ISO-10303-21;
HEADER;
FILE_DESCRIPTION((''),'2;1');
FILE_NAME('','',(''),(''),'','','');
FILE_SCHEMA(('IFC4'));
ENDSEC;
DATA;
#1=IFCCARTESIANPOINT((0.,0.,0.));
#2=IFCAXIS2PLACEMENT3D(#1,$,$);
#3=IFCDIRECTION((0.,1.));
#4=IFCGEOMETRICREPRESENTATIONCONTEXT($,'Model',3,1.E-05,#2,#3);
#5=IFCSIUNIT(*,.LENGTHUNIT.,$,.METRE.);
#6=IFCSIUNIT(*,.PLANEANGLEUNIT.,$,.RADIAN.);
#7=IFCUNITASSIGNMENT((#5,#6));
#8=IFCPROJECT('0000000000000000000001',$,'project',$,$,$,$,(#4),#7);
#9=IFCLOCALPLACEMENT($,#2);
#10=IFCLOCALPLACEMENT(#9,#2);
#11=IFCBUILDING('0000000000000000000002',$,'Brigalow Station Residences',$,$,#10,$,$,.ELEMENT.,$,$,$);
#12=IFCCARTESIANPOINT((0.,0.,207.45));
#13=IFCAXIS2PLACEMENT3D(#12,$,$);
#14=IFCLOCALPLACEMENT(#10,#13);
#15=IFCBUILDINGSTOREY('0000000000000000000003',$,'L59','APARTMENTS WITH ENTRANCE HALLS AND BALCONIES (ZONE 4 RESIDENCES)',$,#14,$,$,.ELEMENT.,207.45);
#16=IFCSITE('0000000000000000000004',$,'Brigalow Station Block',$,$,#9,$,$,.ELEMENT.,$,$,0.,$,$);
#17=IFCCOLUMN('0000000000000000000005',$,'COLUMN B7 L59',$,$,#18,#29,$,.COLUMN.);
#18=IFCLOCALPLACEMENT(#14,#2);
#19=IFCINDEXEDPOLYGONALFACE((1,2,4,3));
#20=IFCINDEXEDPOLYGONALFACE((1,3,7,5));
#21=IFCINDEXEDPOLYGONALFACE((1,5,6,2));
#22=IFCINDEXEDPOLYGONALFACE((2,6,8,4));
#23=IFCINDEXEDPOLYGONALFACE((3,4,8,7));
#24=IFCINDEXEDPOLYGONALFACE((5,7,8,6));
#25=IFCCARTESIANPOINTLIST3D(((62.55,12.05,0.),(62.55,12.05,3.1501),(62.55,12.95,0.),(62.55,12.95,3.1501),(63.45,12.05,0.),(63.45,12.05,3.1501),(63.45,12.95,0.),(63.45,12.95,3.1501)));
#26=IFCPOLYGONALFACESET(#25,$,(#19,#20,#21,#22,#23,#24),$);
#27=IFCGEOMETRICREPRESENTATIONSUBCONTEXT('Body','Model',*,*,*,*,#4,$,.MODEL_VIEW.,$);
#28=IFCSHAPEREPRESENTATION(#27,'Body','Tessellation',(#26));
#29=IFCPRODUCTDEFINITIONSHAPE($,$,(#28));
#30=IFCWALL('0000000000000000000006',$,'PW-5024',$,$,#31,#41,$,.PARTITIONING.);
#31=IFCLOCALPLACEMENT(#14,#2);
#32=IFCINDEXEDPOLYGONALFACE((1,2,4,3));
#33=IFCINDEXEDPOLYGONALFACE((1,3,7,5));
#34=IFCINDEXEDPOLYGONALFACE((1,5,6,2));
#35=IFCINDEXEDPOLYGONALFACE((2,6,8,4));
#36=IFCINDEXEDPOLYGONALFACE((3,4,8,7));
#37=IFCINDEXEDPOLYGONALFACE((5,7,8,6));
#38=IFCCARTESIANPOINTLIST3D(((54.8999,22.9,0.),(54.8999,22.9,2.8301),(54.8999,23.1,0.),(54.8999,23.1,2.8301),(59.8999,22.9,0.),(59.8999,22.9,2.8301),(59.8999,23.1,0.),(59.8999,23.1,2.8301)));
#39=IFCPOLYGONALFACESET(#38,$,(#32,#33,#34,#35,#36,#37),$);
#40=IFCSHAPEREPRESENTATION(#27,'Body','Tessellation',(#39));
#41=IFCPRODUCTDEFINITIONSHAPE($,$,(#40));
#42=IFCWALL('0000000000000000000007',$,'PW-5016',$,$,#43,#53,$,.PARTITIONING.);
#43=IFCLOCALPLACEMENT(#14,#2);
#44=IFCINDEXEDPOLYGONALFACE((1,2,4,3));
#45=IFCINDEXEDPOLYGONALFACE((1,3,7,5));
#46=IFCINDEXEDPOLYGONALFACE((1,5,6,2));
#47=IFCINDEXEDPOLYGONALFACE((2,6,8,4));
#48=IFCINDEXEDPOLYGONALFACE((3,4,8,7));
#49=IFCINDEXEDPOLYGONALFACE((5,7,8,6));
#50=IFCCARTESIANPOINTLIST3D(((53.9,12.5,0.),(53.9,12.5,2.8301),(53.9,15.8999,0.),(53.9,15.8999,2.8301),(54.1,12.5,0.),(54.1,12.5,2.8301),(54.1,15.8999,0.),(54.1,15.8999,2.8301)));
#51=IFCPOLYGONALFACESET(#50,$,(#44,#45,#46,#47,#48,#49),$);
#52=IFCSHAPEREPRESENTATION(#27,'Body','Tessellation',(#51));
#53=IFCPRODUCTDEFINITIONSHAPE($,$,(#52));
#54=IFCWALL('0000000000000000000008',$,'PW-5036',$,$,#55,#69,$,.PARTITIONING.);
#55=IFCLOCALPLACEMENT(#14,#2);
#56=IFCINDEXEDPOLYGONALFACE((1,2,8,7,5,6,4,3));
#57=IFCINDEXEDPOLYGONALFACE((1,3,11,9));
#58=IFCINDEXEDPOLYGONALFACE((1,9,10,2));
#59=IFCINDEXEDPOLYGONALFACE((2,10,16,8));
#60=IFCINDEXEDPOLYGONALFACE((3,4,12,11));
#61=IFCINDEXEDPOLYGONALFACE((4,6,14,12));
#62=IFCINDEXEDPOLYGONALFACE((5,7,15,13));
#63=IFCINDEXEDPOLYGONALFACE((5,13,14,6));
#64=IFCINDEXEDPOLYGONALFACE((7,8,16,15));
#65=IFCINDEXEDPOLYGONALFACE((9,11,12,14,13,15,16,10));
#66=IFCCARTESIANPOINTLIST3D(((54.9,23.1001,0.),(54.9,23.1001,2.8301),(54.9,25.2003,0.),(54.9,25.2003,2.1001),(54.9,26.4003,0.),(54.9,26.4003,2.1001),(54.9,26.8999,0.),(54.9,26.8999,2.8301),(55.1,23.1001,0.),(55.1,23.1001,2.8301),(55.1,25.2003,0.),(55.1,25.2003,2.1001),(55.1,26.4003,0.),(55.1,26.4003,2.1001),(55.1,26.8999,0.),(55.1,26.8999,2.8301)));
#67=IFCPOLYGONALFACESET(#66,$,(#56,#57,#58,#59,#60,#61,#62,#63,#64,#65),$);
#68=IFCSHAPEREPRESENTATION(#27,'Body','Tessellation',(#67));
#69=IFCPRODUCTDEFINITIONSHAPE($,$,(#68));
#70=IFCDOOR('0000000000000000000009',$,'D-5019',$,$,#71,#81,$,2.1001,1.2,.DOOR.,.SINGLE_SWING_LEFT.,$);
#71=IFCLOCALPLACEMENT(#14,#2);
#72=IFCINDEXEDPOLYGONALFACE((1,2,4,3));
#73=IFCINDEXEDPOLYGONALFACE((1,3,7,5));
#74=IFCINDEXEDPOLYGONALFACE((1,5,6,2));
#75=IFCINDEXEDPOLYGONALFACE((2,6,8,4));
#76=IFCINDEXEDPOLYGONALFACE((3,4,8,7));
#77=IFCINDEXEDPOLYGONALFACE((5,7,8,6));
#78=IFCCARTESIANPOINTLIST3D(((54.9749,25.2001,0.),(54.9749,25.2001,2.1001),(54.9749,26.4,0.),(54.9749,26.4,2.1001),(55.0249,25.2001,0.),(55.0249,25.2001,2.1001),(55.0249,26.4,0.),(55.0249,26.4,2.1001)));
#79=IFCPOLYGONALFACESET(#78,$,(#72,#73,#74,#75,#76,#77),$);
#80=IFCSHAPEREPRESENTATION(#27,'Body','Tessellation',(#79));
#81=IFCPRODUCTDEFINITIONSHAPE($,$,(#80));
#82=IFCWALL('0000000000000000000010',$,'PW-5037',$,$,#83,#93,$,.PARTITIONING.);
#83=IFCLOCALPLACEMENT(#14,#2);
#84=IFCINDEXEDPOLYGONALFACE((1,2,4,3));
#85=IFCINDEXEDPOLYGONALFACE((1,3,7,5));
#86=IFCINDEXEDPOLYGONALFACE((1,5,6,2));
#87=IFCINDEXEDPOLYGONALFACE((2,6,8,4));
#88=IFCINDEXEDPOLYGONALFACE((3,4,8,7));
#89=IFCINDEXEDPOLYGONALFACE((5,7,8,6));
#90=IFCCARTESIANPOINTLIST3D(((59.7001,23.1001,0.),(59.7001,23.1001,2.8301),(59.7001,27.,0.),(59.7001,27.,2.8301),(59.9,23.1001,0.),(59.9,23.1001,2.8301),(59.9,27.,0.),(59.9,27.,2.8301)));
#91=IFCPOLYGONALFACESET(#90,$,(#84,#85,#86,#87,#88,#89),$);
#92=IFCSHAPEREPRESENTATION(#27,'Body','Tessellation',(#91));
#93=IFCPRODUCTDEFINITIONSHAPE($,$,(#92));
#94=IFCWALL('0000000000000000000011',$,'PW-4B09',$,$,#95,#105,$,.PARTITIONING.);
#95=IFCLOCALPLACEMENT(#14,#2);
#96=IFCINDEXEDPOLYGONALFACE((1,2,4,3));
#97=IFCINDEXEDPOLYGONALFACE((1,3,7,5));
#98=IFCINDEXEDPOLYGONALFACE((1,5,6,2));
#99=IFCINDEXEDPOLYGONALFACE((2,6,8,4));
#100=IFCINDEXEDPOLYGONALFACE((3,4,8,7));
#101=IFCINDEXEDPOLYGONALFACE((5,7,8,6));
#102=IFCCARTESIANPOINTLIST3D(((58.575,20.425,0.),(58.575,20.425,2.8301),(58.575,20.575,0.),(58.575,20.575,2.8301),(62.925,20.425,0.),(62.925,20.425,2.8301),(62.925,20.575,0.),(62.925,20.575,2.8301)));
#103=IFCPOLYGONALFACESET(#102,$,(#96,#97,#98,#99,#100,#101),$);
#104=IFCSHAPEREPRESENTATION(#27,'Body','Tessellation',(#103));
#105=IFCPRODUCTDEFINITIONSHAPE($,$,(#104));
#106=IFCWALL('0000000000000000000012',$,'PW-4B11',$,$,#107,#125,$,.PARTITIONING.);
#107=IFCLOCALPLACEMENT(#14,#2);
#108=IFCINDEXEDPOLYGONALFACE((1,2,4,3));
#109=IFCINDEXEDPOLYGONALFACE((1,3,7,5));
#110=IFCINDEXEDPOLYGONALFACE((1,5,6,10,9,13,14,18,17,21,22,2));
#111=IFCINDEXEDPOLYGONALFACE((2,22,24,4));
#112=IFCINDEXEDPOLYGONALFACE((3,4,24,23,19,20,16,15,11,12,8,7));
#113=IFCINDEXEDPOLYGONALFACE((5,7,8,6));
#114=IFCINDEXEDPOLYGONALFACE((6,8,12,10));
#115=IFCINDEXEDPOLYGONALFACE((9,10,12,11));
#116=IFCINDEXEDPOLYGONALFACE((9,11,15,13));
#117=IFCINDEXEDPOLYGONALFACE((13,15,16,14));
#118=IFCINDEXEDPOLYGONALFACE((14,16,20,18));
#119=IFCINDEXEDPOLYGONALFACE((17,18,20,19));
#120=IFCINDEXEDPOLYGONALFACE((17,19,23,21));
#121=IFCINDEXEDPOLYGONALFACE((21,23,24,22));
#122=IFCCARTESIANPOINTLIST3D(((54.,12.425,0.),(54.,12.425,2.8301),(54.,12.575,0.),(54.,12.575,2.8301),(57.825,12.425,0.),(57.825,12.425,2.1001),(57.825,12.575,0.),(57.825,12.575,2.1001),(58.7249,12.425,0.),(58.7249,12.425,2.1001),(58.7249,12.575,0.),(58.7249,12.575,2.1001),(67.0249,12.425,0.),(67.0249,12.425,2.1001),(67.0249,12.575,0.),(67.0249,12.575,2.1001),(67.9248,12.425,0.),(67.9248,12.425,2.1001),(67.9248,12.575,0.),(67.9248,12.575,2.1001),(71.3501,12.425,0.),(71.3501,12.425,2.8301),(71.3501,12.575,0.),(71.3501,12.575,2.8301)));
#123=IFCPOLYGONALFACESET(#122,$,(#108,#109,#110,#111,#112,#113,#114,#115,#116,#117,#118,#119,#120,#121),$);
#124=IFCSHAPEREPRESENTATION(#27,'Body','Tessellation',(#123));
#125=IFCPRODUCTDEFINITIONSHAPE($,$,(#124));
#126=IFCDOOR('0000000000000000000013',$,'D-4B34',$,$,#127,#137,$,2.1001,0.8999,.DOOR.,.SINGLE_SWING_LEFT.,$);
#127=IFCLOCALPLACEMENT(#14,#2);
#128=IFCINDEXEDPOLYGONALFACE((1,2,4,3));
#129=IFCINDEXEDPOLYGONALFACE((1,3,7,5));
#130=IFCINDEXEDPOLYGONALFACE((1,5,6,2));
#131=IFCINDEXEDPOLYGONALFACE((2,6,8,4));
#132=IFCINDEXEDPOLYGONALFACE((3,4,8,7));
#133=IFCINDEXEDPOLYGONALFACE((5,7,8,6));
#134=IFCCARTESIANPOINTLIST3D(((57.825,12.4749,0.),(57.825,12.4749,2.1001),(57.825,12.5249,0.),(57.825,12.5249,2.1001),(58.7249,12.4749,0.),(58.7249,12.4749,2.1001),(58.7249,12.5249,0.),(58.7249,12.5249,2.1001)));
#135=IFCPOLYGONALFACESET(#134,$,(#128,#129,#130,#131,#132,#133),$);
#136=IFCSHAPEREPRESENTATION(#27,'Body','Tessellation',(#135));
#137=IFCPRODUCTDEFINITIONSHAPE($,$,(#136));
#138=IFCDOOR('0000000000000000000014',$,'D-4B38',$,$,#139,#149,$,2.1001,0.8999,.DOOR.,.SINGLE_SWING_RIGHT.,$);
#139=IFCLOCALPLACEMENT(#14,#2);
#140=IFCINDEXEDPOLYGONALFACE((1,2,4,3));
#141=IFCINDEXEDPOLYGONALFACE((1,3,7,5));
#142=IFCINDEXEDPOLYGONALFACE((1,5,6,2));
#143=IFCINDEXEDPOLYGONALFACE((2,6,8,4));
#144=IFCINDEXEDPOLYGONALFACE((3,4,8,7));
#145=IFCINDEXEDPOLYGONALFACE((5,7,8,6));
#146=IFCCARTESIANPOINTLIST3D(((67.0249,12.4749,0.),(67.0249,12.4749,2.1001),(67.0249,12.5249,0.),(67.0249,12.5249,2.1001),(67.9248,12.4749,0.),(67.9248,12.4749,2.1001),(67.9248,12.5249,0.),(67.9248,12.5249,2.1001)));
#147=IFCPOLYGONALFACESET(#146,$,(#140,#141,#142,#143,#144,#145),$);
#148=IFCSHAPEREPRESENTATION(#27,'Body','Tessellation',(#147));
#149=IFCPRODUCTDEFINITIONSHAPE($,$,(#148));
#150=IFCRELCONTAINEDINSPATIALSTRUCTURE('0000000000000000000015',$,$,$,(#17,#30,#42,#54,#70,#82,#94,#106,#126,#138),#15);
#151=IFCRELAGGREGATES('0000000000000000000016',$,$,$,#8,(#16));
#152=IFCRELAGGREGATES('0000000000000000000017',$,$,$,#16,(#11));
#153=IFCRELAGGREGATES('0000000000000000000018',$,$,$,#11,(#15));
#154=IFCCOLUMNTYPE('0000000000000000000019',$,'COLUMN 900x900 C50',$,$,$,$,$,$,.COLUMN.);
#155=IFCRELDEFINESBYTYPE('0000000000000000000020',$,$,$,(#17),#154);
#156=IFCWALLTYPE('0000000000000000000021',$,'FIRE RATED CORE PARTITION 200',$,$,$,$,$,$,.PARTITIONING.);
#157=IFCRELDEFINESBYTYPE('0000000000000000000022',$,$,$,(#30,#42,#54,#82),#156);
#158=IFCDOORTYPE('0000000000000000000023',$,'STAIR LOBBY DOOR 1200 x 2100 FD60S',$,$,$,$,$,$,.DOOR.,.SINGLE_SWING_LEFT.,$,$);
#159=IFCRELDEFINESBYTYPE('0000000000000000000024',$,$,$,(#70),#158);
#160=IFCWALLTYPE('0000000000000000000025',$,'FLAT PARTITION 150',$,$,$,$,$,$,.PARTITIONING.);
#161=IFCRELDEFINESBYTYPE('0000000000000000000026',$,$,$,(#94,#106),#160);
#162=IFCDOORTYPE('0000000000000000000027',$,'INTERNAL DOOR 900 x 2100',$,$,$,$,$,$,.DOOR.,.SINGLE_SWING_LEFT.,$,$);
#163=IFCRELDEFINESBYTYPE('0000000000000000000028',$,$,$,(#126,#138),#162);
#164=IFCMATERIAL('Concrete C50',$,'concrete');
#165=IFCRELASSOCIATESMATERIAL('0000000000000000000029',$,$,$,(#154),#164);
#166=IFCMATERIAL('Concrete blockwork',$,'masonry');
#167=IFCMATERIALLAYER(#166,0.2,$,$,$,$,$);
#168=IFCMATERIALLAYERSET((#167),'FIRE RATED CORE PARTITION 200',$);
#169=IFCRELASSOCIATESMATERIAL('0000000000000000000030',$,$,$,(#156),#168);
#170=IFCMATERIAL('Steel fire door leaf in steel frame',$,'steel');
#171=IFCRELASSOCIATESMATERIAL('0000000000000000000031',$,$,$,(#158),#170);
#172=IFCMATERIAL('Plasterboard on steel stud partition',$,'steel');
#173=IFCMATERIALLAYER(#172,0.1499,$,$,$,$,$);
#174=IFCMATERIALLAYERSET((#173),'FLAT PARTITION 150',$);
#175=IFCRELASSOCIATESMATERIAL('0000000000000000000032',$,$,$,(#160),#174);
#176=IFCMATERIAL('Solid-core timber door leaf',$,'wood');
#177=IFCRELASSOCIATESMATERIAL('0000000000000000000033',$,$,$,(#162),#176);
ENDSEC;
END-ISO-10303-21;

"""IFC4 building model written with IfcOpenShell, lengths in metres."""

from ifc_helpers import new_model, si_unit, direction, frame, frame_2d, origin, origin_2d, place, context, subcontext, project, spatial, rectangle, extrude, material, layer, layer_set, material_profile, profile_set, type_object, element, fill, save


model = new_model("IFC4")

# Units and contexts
model_context = context("Model", 3, precision=1e-05, world=origin(), true_north=direction((0.0, 1.0)))
body_context = subcontext(model_context, "Body", "Model", "MODEL_VIEW")
ifc_project = project(units=[si_unit("LENGTHUNIT", "METRE"), si_unit("PLANEANGLEUNIT", "RADIAN")], contexts=[model_context])

# Site, building, storey
site_placement = place(None, origin())
site = spatial("IfcSite", under=ifc_project, at=site_placement, Name="Brigalow Station Block", CompositionType="ELEMENT", RefElevation=0.0)
building_placement = place(site_placement, origin())
building = spatial("IfcBuilding", under=site, at=building_placement, Name="Brigalow Station Residences", CompositionType="ELEMENT")
storey_placement = place(building_placement, frame((0.0, 0.0, 207.45)))
storey = spatial("IfcBuildingStorey", under=building, at=storey_placement, Name="L59", Description="APARTMENTS WITH ENTRANCE HALLS AND BALCONIES (ZONE 4 RESIDENCES)", CompositionType="ELEMENT", Elevation=207.45)

# Column
ifc_material_1 = material(Name="Concrete C50", Category="concrete")
ifc_material_profile = material_profile(ifc_material_1, rectangle(XDim=0.8999, YDim=0.8999, at=origin_2d()), Name="RC900x900")
ifc_profile_set = profile_set([ifc_material_profile], Name="Concrete C50")
column_type = type_object("IfcColumnType", Name="COLUMN 900x900 C50", PredefinedType="COLUMN", material=ifc_profile_set)
column_placement = place(storey_placement, frame((63.0, 12.5, 0.0), z_axis=(0.0, 0.0, 1.0), x_axis=(1.0, 0.0, 0.0)))
element("IfcColumn", 1, at=column_placement, inside=storey, type_object=column_type, Name="COLUMN B7 L59", PredefinedType="COLUMN", context=body_context, shape_type="SweptSolid", body=[
    extrude(rectangle(XDim=0.8999, YDim=0.8999, at=origin_2d()), origin(), (0.0, 0.0, 1.0), 3.1501),
])

# Walls
ifc_material_2 = material(Name="Concrete blockwork", Category="masonry")
ifc_layer_1 = layer(ifc_material_2, 0.2)
ifc_layer_set_1 = layer_set([ifc_layer_1], Name="FIRE RATED CORE PARTITION 200")
wall_type_1 = type_object("IfcWallType", Name="FIRE RATED CORE PARTITION 200", PredefinedType="PARTITIONING", material=ifc_layer_set_1)
wall_1_placement = place(storey_placement, frame((54.8999, 23.0, 0.0), z_axis=(0.0, 0.0, 1.0), x_axis=(1.0, 0.0, 0.0)))
element("IfcWall", 2, at=wall_1_placement, inside=storey, type_object=wall_type_1, Name="PW-5024", PredefinedType="PARTITIONING", context=body_context, shape_type="SweptSolid", body=[
    extrude(rectangle(XDim=5.0, YDim=0.2, at=frame_2d((2.5, 0.0))), origin(), (0.0, 0.0, 1.0), 2.8301),
])
wall_2_placement = place(storey_placement, frame((54.0, 12.5, 0.0), z_axis=(0.0, 0.0, 1.0), x_axis=(0.0, 1.0, 0.0)))
element("IfcWall", 3, at=wall_2_placement, inside=storey, type_object=wall_type_1, Name="PW-5016", PredefinedType="PARTITIONING", context=body_context, shape_type="SweptSolid", body=[
    extrude(rectangle(XDim=3.3999, YDim=0.2, at=frame_2d((1.7, 0.0))), origin(), (0.0, 0.0, 1.0), 2.8301),
])

# Wall, opening, door
wall_3_placement = place(storey_placement, frame((55.0, 23.1001, 0.0), z_axis=(0.0, 0.0, 1.0), x_axis=(0.0, 1.0, 0.0)))
wall_3 = element("IfcWall", 4, at=wall_3_placement, inside=storey, type_object=wall_type_1, Name="PW-5036", PredefinedType="PARTITIONING", context=body_context, shape_type="SweptSolid", body=[
    extrude(rectangle(XDim=3.7998, YDim=0.2, at=frame_2d((1.8999, 0.0))), origin(), (0.0, 0.0, 1.0), 2.8301),
])
opening_1_placement = place(wall_3_placement, frame((2.1001, 0.0, 0.0)))
opening_1 = element("IfcOpeningElement", 5, at=opening_1_placement, cuts=wall_3, PredefinedType="OPENING", context=body_context, shape_type="SweptSolid", body=[
    extrude(rectangle(XDim=1.2, YDim=2.1001, at=frame_2d((0.6001, 1.05))), frame((0.0, 0.1099, 0.0), z_axis=(0.0, -1.0, 0.0), x_axis=(1.0, 0.0, 0.0)), (0.0, 0.0, 1.0), 0.22),
])
ifc_material_3 = material(Name="Steel fire door leaf in steel frame", Category="steel")
door_type_1 = type_object("IfcDoorType", Name="STAIR LOBBY DOOR 1200 x 2100 FD60S", OperationType="SINGLE_SWING_LEFT", PredefinedType="DOOR", material=ifc_material_3)
door_1_placement = place(opening_1_placement, frame((1.2, 0.0, 0.0), z_axis=(0.0, 0.0, 1.0), x_axis=(-1.0, 0.0, 0.0)))
door_1 = element("IfcDoor", 6, at=door_1_placement, inside=storey, type_object=door_type_1, Name="D-5019", OperationType="SINGLE_SWING_LEFT", OverallHeight=2.1001, OverallWidth=1.2, PredefinedType="DOOR", context=body_context, shape_type="SweptSolid", body=[
    extrude(rectangle(XDim=1.2, YDim=2.1001, at=frame_2d((0.6001, 1.05))), frame((0.0, 0.0249, 0.0), z_axis=(0.0, -1.0, 0.0), x_axis=(1.0, 0.0, 0.0)), (0.0, 0.0, 1.0), 0.05),
])
fill(opening_1, door_1)

# Walls
wall_4_placement = place(storey_placement, frame((59.8, 23.1001, 0.0), z_axis=(0.0, 0.0, 1.0), x_axis=(0.0, 1.0, 0.0)))
element("IfcWall", 7, at=wall_4_placement, inside=storey, type_object=wall_type_1, Name="PW-5037", PredefinedType="PARTITIONING", context=body_context, shape_type="SweptSolid", body=[
    extrude(rectangle(XDim=3.8999, YDim=0.2, at=frame_2d((1.95, 0.0))), origin(), (0.0, 0.0, 1.0), 2.8301),
])
ifc_material_4 = material(Name="Plasterboard on steel stud partition", Category="steel")
ifc_layer_2 = layer(ifc_material_4, 0.1499)
ifc_layer_set_2 = layer_set([ifc_layer_2], Name="FLAT PARTITION 150")
wall_type_2 = type_object("IfcWallType", Name="FLAT PARTITION 150", PredefinedType="PARTITIONING", material=ifc_layer_set_2)
wall_5_placement = place(storey_placement, frame((58.575, 20.5, 0.0), z_axis=(0.0, 0.0, 1.0), x_axis=(1.0, 0.0, 0.0)))
element("IfcWall", 8, at=wall_5_placement, inside=storey, type_object=wall_type_2, Name="PW-4B09", PredefinedType="PARTITIONING", context=body_context, shape_type="SweptSolid", body=[
    extrude(rectangle(XDim=4.3501, YDim=0.1499, at=frame_2d((2.175, 0.0))), origin(), (0.0, 0.0, 1.0), 2.8301),
])

# Wall, openings, doors
wall_6_placement = place(storey_placement, frame((54.0, 12.5, 0.0), z_axis=(0.0, 0.0, 1.0), x_axis=(1.0, 0.0, 0.0)))
wall_6 = element("IfcWall", 9, at=wall_6_placement, inside=storey, type_object=wall_type_2, Name="PW-4B11", PredefinedType="PARTITIONING", context=body_context, shape_type="SweptSolid", body=[
    extrude(rectangle(XDim=17.3501, YDim=0.1499, at=frame_2d((8.675, 0.0))), origin(), (0.0, 0.0, 1.0), 2.8301),
])
opening_2_placement = place(wall_6_placement, frame((3.825, 0.0, 0.0)))
opening_2 = element("IfcOpeningElement", 10, at=opening_2_placement, cuts=wall_6, PredefinedType="OPENING", context=body_context, shape_type="SweptSolid", body=[
    extrude(rectangle(XDim=0.8999, YDim=2.1001, at=frame_2d((0.45, 1.05))), frame((0.0, 0.085, 0.0), z_axis=(0.0, -1.0, 0.0), x_axis=(1.0, 0.0, 0.0)), (0.0, 0.0, 1.0), 0.1699),
])
opening_3_placement = place(wall_6_placement, frame((13.0249, 0.0, 0.0)))
opening_3 = element("IfcOpeningElement", 11, at=opening_3_placement, cuts=wall_6, PredefinedType="OPENING", context=body_context, shape_type="SweptSolid", body=[
    extrude(rectangle(XDim=0.8999, YDim=2.1001, at=frame_2d((0.45, 1.05))), frame((0.0, 0.085, 0.0), z_axis=(0.0, -1.0, 0.0), x_axis=(1.0, 0.0, 0.0)), (0.0, 0.0, 1.0), 0.1699),
])
ifc_material_5 = material(Name="Solid-core timber door leaf", Category="wood")
door_type_2 = type_object("IfcDoorType", Name="INTERNAL DOOR 900 x 2100", OperationType="SINGLE_SWING_LEFT", PredefinedType="DOOR", material=ifc_material_5)
door_2_placement = place(opening_2_placement, origin())
door_2 = element("IfcDoor", 12, at=door_2_placement, inside=storey, type_object=door_type_2, Name="D-4B34", OperationType="SINGLE_SWING_LEFT", OverallHeight=2.1001, OverallWidth=0.8999, PredefinedType="DOOR", context=body_context, shape_type="SweptSolid", body=[
    extrude(rectangle(XDim=0.8999, YDim=2.1001, at=frame_2d((0.45, 1.05))), frame((0.0, 0.0249, 0.0), z_axis=(0.0, -1.0, 0.0), x_axis=(1.0, 0.0, 0.0)), (0.0, 0.0, 1.0), 0.05),
])
fill(opening_2, door_2)
door_3_placement = place(opening_3_placement, origin())
door_3 = element("IfcDoor", 13, at=door_3_placement, inside=storey, type_object=door_type_2, Name="D-4B38", OperationType="SINGLE_SWING_RIGHT", OverallHeight=2.1001, OverallWidth=0.8999, PredefinedType="DOOR", context=body_context, shape_type="SweptSolid", body=[
    extrude(rectangle(XDim=0.8999, YDim=2.1001, at=frame_2d((0.45, 1.05))), frame((0.0, 0.0249, 0.0), z_axis=(0.0, -1.0, 0.0), x_axis=(1.0, 0.0, 0.0)), (0.0, 0.0, 1.0), 0.05),
])
fill(opening_3, door_3)

save(model, "model.ifc")
